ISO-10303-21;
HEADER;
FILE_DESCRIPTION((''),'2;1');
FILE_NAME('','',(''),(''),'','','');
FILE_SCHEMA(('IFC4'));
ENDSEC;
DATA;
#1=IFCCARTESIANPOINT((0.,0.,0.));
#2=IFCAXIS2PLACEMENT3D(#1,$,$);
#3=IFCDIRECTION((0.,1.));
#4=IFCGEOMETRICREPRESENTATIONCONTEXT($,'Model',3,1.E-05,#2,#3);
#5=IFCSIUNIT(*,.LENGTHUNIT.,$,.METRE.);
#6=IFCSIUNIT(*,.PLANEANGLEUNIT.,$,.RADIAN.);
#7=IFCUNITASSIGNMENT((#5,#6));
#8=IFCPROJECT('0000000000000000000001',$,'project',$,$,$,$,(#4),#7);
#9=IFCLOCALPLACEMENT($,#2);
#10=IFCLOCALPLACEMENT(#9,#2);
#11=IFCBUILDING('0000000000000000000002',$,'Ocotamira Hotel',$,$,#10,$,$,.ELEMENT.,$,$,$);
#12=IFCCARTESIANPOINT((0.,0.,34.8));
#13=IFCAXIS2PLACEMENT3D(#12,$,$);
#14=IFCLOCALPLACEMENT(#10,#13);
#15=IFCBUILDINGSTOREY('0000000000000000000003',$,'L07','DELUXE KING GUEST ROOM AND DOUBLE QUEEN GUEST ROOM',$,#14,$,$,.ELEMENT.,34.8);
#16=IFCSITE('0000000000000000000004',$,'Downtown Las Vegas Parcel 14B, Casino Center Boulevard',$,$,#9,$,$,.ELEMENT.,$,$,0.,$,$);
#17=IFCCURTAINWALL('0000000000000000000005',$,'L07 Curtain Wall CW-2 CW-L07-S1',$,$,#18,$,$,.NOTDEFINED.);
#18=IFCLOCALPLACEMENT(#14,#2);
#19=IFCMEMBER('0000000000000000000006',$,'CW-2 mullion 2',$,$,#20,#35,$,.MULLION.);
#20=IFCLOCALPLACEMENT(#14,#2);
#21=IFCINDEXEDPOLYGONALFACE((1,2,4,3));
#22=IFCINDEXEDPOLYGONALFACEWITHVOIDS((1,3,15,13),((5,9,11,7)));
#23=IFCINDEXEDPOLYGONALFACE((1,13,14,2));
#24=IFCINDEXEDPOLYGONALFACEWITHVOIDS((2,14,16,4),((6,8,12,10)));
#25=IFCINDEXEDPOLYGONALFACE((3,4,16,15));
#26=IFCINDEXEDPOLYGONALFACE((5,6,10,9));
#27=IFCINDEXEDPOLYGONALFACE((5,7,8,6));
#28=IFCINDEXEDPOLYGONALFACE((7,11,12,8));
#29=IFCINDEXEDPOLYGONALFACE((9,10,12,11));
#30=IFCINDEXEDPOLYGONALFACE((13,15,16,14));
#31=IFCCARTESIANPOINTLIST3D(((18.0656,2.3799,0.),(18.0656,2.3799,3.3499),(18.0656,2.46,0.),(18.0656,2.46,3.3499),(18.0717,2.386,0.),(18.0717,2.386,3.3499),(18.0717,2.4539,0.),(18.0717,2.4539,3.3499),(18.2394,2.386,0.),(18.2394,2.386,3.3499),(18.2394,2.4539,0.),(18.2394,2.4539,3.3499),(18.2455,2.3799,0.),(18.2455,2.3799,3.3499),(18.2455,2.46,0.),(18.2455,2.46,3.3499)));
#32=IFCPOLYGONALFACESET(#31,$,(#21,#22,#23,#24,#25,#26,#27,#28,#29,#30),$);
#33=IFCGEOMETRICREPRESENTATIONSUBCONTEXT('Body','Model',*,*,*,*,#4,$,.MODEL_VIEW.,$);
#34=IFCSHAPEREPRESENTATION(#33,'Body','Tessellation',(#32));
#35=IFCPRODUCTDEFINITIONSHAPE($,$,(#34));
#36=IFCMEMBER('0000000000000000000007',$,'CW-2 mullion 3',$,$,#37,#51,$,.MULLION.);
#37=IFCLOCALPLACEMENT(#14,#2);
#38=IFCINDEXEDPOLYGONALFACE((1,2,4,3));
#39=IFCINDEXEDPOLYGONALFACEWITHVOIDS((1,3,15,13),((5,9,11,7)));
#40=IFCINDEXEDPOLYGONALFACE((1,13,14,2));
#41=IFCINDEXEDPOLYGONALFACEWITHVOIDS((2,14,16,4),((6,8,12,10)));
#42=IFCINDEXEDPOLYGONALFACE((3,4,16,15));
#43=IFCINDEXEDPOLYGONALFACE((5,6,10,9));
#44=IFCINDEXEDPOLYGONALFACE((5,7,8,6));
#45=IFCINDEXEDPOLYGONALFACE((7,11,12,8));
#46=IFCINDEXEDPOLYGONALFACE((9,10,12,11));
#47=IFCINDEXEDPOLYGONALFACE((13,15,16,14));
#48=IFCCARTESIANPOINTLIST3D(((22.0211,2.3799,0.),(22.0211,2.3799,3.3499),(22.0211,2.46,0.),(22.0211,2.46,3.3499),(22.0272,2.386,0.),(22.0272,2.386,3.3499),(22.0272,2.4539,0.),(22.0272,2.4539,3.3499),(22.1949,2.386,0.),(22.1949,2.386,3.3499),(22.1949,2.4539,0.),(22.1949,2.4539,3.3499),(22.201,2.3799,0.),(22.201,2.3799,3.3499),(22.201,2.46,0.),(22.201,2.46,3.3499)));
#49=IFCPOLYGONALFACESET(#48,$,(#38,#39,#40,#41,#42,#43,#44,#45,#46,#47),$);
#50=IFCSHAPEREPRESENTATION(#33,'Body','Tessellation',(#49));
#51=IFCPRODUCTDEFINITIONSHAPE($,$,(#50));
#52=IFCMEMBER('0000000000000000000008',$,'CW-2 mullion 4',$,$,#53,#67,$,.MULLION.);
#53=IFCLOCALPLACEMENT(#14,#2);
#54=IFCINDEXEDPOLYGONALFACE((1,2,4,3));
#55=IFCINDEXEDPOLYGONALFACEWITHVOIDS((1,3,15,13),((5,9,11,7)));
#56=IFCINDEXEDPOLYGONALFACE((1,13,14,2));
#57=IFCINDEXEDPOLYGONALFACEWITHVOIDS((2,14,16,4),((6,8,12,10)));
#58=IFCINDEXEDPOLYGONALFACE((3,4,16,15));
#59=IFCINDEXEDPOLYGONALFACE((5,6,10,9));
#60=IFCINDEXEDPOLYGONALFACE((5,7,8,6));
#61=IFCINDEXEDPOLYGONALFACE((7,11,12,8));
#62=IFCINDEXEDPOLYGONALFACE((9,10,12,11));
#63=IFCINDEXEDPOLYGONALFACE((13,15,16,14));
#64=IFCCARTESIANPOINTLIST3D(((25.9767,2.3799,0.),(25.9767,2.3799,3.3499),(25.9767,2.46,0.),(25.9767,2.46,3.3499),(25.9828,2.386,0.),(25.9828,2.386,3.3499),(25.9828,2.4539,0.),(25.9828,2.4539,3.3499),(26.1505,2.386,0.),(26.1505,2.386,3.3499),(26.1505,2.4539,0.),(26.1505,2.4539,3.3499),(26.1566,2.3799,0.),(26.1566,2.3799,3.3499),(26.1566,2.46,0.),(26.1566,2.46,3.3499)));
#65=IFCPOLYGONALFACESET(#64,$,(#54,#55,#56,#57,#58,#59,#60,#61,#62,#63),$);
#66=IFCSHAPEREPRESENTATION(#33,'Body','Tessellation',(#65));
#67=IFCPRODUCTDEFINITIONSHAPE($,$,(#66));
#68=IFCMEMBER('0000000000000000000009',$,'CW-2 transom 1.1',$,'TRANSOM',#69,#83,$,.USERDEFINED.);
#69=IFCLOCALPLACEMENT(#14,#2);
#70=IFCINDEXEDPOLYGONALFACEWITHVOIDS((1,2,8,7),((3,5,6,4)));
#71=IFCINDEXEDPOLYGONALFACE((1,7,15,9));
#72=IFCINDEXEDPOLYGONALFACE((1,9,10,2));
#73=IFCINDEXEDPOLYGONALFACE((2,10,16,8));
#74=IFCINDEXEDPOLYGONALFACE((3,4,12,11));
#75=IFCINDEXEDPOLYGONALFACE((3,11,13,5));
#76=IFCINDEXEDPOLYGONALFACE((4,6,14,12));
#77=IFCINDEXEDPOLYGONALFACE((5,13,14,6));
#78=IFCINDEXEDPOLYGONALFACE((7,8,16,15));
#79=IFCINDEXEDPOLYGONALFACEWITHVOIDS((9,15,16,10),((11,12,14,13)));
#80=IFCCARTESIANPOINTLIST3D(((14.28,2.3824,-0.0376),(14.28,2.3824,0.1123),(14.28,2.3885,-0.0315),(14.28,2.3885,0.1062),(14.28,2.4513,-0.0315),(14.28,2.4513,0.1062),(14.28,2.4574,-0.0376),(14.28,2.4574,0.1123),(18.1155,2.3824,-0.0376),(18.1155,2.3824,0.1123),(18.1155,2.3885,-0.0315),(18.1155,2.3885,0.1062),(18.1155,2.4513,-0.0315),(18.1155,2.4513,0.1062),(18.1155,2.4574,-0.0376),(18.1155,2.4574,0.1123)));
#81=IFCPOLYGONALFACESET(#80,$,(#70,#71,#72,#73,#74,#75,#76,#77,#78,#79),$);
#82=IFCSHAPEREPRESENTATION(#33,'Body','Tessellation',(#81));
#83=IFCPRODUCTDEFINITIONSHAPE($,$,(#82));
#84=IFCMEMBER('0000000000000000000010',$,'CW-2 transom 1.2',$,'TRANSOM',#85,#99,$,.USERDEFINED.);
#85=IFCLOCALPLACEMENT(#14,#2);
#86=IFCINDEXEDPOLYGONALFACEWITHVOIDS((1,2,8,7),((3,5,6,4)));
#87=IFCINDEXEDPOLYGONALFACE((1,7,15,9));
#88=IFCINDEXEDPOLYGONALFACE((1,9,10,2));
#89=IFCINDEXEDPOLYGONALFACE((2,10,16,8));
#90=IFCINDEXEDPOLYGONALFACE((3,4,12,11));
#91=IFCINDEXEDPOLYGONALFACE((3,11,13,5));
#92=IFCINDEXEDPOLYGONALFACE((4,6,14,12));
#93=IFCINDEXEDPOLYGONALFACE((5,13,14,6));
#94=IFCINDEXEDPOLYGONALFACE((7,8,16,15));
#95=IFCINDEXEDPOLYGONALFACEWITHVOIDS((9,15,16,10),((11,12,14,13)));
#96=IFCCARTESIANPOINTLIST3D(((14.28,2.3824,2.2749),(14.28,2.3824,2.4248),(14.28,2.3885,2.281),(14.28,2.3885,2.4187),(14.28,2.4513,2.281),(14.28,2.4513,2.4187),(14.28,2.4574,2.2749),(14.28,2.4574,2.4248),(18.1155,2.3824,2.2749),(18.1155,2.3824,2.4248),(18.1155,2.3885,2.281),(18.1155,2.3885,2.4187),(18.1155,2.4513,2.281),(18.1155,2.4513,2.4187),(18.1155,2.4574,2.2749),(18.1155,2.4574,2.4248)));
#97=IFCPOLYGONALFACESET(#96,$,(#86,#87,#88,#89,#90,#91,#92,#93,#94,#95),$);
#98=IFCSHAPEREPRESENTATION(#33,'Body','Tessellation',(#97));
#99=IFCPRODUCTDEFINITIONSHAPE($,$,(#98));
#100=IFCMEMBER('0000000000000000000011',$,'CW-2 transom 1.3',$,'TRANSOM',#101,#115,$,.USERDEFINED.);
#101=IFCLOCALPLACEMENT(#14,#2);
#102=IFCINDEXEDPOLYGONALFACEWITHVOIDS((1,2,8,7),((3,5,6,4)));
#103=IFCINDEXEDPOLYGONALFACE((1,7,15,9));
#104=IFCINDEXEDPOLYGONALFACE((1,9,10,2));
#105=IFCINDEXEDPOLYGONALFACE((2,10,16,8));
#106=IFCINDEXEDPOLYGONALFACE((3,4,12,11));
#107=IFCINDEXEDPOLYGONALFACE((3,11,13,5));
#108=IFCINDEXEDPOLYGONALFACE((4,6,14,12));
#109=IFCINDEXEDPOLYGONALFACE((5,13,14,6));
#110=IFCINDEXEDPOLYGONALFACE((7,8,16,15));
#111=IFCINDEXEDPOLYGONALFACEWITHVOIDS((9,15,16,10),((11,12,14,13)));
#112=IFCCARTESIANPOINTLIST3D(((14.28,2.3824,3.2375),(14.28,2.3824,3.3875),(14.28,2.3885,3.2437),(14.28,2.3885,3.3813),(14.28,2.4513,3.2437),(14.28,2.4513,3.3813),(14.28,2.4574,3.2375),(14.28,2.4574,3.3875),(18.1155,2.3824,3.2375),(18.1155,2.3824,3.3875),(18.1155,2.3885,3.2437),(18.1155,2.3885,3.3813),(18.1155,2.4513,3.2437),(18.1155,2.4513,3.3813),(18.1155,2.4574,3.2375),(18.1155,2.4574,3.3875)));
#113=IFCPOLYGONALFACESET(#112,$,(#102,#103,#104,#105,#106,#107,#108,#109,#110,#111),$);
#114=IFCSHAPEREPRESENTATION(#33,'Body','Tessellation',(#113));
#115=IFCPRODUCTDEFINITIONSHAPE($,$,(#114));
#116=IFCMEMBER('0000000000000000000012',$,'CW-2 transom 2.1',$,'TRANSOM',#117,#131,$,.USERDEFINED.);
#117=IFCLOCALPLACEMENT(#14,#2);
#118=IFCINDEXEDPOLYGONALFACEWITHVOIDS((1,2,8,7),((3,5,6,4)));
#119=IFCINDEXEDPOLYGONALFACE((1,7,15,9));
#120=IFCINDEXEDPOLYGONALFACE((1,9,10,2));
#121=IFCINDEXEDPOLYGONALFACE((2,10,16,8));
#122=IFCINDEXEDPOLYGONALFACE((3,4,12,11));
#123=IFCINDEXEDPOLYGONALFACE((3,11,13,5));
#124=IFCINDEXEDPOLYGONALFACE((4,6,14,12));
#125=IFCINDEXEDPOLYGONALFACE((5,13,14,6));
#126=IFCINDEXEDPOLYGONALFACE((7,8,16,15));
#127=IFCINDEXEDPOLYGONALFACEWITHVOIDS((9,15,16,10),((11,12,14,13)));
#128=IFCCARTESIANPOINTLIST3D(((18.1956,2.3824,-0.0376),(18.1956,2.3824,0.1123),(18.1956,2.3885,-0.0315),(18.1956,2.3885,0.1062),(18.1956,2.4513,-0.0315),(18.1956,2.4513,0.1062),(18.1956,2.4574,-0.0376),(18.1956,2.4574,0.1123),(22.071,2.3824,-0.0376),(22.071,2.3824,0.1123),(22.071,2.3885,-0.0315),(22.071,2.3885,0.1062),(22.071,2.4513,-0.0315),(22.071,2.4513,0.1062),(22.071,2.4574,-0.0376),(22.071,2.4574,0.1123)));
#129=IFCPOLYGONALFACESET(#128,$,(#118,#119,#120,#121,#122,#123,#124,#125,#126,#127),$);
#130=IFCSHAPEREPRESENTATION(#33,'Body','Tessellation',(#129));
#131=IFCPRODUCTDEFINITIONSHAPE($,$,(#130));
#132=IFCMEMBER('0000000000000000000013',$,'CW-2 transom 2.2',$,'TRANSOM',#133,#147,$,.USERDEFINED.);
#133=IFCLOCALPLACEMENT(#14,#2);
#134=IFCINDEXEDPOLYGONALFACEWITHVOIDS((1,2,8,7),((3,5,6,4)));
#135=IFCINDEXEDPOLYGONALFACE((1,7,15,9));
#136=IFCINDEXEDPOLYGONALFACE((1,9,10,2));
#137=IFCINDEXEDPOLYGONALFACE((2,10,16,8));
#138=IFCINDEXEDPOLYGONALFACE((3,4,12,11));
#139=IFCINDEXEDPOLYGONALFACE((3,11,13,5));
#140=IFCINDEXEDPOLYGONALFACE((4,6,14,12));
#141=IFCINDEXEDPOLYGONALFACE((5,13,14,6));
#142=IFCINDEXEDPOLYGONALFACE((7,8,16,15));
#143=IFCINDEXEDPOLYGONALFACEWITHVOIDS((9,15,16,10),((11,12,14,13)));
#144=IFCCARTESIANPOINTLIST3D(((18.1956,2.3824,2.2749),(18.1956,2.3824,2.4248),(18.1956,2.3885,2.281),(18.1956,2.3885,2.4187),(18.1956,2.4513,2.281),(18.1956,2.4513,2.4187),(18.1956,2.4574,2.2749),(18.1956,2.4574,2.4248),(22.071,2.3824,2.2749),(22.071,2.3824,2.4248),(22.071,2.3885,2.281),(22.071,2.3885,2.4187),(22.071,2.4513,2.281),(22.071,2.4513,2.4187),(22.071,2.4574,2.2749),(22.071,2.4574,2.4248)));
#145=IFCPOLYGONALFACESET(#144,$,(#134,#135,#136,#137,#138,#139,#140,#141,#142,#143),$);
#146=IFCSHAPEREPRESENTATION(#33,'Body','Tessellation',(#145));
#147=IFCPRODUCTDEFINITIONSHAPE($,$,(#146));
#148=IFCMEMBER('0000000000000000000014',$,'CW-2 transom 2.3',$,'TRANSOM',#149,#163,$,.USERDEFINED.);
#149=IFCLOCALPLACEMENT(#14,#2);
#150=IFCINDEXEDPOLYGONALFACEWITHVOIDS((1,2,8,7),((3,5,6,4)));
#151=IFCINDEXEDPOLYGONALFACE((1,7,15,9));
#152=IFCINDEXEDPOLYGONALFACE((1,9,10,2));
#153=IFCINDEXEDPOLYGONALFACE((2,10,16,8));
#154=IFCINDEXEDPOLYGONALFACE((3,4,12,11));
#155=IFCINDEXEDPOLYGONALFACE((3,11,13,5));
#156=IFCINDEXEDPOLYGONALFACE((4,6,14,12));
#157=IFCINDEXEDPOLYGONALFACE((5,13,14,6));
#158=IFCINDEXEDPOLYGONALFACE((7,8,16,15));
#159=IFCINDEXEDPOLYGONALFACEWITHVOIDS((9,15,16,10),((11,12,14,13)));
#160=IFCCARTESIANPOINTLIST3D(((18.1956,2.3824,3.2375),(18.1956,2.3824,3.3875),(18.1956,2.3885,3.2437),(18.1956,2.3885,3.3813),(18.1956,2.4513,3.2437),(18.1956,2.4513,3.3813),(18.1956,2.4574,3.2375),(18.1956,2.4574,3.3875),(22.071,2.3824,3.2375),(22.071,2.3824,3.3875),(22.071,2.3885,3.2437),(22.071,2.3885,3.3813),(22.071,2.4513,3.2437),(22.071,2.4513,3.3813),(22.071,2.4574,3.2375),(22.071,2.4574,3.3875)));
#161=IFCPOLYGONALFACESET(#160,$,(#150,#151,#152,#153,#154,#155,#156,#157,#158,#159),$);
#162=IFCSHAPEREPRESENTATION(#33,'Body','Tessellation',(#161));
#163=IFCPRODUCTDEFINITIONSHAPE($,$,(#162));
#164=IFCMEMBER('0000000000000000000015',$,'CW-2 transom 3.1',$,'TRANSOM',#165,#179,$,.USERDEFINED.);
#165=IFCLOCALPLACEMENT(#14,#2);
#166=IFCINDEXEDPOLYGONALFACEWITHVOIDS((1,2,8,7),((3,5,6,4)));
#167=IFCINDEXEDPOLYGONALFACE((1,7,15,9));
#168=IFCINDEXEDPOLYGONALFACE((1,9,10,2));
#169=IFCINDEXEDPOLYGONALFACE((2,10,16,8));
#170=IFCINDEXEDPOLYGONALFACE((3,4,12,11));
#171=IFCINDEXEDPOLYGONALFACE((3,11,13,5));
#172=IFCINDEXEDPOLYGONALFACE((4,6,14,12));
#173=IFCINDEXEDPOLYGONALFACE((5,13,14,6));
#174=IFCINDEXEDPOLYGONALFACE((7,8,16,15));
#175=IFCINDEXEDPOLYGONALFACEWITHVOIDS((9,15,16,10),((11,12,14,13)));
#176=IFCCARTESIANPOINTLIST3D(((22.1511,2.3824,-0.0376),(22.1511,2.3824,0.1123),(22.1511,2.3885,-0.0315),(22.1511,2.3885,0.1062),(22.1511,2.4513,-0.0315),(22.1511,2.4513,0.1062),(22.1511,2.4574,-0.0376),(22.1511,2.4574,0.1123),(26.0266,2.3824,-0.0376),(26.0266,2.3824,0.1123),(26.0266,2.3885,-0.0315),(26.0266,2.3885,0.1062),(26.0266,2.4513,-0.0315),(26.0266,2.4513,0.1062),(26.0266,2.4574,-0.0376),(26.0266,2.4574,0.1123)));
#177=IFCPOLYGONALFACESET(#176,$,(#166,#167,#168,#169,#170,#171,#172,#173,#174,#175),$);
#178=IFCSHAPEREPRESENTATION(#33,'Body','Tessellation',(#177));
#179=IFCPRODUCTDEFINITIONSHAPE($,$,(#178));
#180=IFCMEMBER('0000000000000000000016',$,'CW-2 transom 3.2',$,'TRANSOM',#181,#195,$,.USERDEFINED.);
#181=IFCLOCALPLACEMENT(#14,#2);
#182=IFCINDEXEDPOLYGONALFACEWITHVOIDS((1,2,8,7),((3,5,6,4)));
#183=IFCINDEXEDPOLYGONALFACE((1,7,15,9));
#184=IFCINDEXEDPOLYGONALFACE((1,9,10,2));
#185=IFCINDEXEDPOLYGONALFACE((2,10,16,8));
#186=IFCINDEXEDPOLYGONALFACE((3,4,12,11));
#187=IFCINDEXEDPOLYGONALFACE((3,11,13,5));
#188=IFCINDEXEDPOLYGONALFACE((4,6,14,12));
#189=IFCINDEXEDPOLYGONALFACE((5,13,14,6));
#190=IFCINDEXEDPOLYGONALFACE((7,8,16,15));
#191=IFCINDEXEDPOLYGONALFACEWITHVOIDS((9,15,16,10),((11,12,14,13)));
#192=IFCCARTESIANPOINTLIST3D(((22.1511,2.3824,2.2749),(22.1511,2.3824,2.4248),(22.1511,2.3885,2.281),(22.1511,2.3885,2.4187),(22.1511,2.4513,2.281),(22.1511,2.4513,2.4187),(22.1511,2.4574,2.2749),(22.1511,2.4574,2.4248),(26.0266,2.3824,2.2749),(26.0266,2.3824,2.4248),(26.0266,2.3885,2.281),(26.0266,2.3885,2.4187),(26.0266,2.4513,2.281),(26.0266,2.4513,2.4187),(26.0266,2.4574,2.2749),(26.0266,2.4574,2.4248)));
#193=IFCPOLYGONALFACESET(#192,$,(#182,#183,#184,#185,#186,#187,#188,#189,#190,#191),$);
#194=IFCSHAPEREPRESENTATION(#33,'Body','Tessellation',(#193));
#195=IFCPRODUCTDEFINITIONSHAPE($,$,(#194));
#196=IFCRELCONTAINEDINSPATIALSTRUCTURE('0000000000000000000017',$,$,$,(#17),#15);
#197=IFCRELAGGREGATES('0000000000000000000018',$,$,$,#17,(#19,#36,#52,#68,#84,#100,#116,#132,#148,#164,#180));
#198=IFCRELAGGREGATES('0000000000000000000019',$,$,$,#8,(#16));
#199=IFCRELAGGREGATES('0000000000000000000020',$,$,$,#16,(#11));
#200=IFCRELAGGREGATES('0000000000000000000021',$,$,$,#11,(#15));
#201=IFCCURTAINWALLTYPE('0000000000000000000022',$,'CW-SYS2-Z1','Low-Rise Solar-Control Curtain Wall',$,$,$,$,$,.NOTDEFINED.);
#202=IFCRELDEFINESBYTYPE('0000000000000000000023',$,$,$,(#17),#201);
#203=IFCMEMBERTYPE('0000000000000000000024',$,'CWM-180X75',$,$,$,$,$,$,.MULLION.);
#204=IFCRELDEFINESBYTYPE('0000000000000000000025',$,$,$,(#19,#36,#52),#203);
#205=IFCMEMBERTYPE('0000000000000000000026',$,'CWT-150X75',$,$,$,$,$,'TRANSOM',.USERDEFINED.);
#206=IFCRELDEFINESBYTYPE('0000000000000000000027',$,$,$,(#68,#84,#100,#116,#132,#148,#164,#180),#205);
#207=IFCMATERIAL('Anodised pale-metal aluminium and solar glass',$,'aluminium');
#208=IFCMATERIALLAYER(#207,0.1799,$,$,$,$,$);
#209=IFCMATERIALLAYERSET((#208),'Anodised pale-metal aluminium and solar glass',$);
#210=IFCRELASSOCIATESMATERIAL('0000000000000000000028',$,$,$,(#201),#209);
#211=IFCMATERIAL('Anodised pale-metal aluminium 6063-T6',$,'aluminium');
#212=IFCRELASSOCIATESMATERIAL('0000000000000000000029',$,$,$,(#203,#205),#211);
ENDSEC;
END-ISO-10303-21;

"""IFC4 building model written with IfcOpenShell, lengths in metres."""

from ifc_helpers import new_model, si_unit, direction, frame, origin, origin_2d, place, context, subcontext, project, spatial, hollow_rectangle, extrude, source, transform, mapped, material, layer, layer_set, material_profile, profile_set, type_object, element, aggregate, save


model = new_model("IFC4")

# Units and contexts
model_context = context("Model", 3, precision=1e-05, world=origin(), true_north=direction((0.0, 1.0)))
body_context = subcontext(model_context, "Body", "Model", "MODEL_VIEW")
ifc_project = project(units=[si_unit("LENGTHUNIT", "METRE"), si_unit("PLANEANGLEUNIT", "RADIAN")], contexts=[model_context])

# Site, building, storey
site_placement = place(None, origin())
site = spatial("IfcSite", under=ifc_project, at=site_placement, Name="Downtown Las Vegas Parcel 14B, Casino Center Boulevard", CompositionType="ELEMENT", RefElevation=0.0)
building_placement = place(site_placement, origin())
building = spatial("IfcBuilding", under=site, at=building_placement, Name="Ocotamira Hotel", CompositionType="ELEMENT")
storey_placement = place(building_placement, frame((0.0, 0.0, 34.8)))
storey = spatial("IfcBuildingStorey", under=building, at=storey_placement, Name="L07", Description="DELUXE KING GUEST ROOM AND DOUBLE QUEEN GUEST ROOM", CompositionType="ELEMENT", Elevation=34.8)

# Curtain wall, members
ifc_material_1 = material(Name="Anodised pale-metal aluminium and solar glass", Category="aluminium")
ifc_layer_1 = layer(ifc_material_1, 0.1799)
ifc_layer_set_1 = layer_set([ifc_layer_1], Name="Anodised pale-metal aluminium and solar glass")
curtain_wall_type = type_object("IfcCurtainWallType", Name="CW-SYS2-Z1", Description="Low-Rise Solar-Control Curtain Wall", PredefinedType="NOTDEFINED", material=ifc_layer_set_1)
curtain_wall_placement = place(storey_placement, origin())
curtain_wall = element("IfcCurtainWall", 1, at=curtain_wall_placement, inside=storey, type_object=curtain_wall_type, Name="L07 Curtain Wall CW-2 CW-L07-S1", PredefinedType="NOTDEFINED")
ifc_material_2 = material(Name="Anodised pale-metal aluminium 6063-T6", Category="aluminium")
ifc_material_profile_1 = material_profile(ifc_material_2, hollow_rectangle(XDim=0.0801, YDim=0.1799, WallThickness=0.0061, at=origin_2d()), Name="HSS180X80X6")
ifc_profile_set_1 = profile_set([ifc_material_profile_1], Name="Anodised pale-metal aluminium 6063-T6")
member_type_1 = type_object("IfcMemberType", Name="CWM-180X75", PredefinedType="MULLION", material=ifc_profile_set_1)
shared_shape_1 = source(origin(), body_context, "Body", "SweptSolid", [
    extrude(hollow_rectangle(XDim=0.0801, YDim=0.1799, WallThickness=0.0061, at=origin_2d()), origin(), (0.0, 0.0, 1.0), 3.3499),
])
member_1_placement = place(storey_placement, frame((18.1555, 2.4199, 0.0), z_axis=(0.0, 0.0, 1.0), x_axis=(0.0, 1.0, 0.0)))
member_1 = element("IfcMember", 2, at=member_1_placement, type_object=member_type_1, Name="CW-2 mullion 2", PredefinedType="MULLION", context=body_context, shape_type="MappedRepresentation", body=[
    mapped(shared_shape_1, transform((0.0, 0.0, 0.0), scale=1.0)),
])
member_2_placement = place(storey_placement, frame((22.1111, 2.4199, 0.0), z_axis=(0.0, 0.0, 1.0), x_axis=(0.0, 1.0, 0.0)))
member_2 = element("IfcMember", 3, at=member_2_placement, type_object=member_type_1, Name="CW-2 mullion 3", PredefinedType="MULLION", context=body_context, shape_type="MappedRepresentation", body=[
    mapped(shared_shape_1, transform((0.0, 0.0, 0.0), scale=1.0)),
])
member_3_placement = place(storey_placement, frame((26.0667, 2.4199, 0.0), z_axis=(0.0, 0.0, 1.0), x_axis=(0.0, 1.0, 0.0)))
member_3 = element("IfcMember", 4, at=member_3_placement, type_object=member_type_1, Name="CW-2 mullion 4", PredefinedType="MULLION", context=body_context, shape_type="MappedRepresentation", body=[
    mapped(shared_shape_1, transform((0.0, 0.0, 0.0), scale=1.0)),
])
ifc_material_profile_2 = material_profile(ifc_material_2, hollow_rectangle(XDim=0.075, YDim=0.1499, WallThickness=0.0061, at=origin_2d()), Name="HSS150X75X6")
ifc_profile_set_2 = profile_set([ifc_material_profile_2], Name="Anodised pale-metal aluminium 6063-T6")
member_type_2 = type_object("IfcMemberType", Name="CWT-150X75", ElementType="TRANSOM", PredefinedType="USERDEFINED", material=ifc_profile_set_2)
shared_shape_2 = source(origin(), body_context, "Body", "SweptSolid", [
    extrude(hollow_rectangle(XDim=0.075, YDim=0.1499, WallThickness=0.0061, at=origin_2d()), origin(), (0.0, 0.0, 1.0), 3.8354),
])
member_4_placement = place(storey_placement, frame((14.28, 2.4199, 0.0374), z_axis=(1.0, 0.0, 0.0), x_axis=(0.0, 1.0, 0.0)))
member_4 = element("IfcMember", 5, at=member_4_placement, type_object=member_type_2, Name="CW-2 transom 1.1", ObjectType="TRANSOM", PredefinedType="USERDEFINED", context=body_context, shape_type="MappedRepresentation", body=[
    mapped(shared_shape_2, transform((0.0, 0.0, 0.0), scale=1.0)),
])
member_5_placement = place(storey_placement, frame((14.28, 2.4199, 2.3499), z_axis=(1.0, 0.0, 0.0), x_axis=(0.0, 1.0, 0.0)))
member_5 = element("IfcMember", 6, at=member_5_placement, type_object=member_type_2, Name="CW-2 transom 1.2", ObjectType="TRANSOM", PredefinedType="USERDEFINED", context=body_context, shape_type="MappedRepresentation", body=[
    mapped(shared_shape_2, transform((0.0, 0.0, 0.0), scale=1.0)),
])
member_6_placement = place(storey_placement, frame((14.28, 2.4199, 3.3125), z_axis=(1.0, 0.0, 0.0), x_axis=(0.0, 1.0, 0.0)))
member_6 = element("IfcMember", 7, at=member_6_placement, type_object=member_type_2, Name="CW-2 transom 1.3", ObjectType="TRANSOM", PredefinedType="USERDEFINED", context=body_context, shape_type="MappedRepresentation", body=[
    mapped(shared_shape_2, transform((0.0, 0.0, 0.0), scale=1.0)),
])
shared_shape_3 = source(origin(), body_context, "Body", "SweptSolid", [
    extrude(hollow_rectangle(XDim=0.075, YDim=0.1499, WallThickness=0.0061, at=origin_2d()), origin(), (0.0, 0.0, 1.0), 3.8755),
])
member_7_placement = place(storey_placement, frame((18.1956, 2.4199, 0.0374), z_axis=(1.0, 0.0, 0.0), x_axis=(0.0, 1.0, 0.0)))
member_7 = element("IfcMember", 8, at=member_7_placement, type_object=member_type_2, Name="CW-2 transom 2.1", ObjectType="TRANSOM", PredefinedType="USERDEFINED", context=body_context, shape_type="MappedRepresentation", body=[
    mapped(shared_shape_3, transform((0.0, 0.0, 0.0), scale=1.0)),
])
member_8_placement = place(storey_placement, frame((18.1956, 2.4199, 2.3499), z_axis=(1.0, 0.0, 0.0), x_axis=(0.0, 1.0, 0.0)))
member_8 = element("IfcMember", 9, at=member_8_placement, type_object=member_type_2, Name="CW-2 transom 2.2", ObjectType="TRANSOM", PredefinedType="USERDEFINED", context=body_context, shape_type="MappedRepresentation", body=[
    mapped(shared_shape_3, transform((0.0, 0.0, 0.0), scale=1.0)),
])
member_9_placement = place(storey_placement, frame((18.1956, 2.4199, 3.3125), z_axis=(1.0, 0.0, 0.0), x_axis=(0.0, 1.0, 0.0)))
member_9 = element("IfcMember", 10, at=member_9_placement, type_object=member_type_2, Name="CW-2 transom 2.3", ObjectType="TRANSOM", PredefinedType="USERDEFINED", context=body_context, shape_type="MappedRepresentation", body=[
    mapped(shared_shape_3, transform((0.0, 0.0, 0.0), scale=1.0)),
])
member_10_placement = place(storey_placement, frame((22.1511, 2.4199, 0.0374), z_axis=(1.0, 0.0, 0.0), x_axis=(0.0, 1.0, 0.0)))
member_10 = element("IfcMember", 11, at=member_10_placement, type_object=member_type_2, Name="CW-2 transom 3.1", ObjectType="TRANSOM", PredefinedType="USERDEFINED", context=body_context, shape_type="MappedRepresentation", body=[
    mapped(shared_shape_3, transform((0.0, 0.0, 0.0), scale=1.0)),
])
member_11_placement = place(storey_placement, frame((22.1511, 2.4199, 2.3499), z_axis=(1.0, 0.0, 0.0), x_axis=(0.0, 1.0, 0.0)))
member_11 = element("IfcMember", 12, at=member_11_placement, type_object=member_type_2, Name="CW-2 transom 3.2", ObjectType="TRANSOM", PredefinedType="USERDEFINED", context=body_context, shape_type="MappedRepresentation", body=[
    mapped(shared_shape_3, transform((0.0, 0.0, 0.0), scale=1.0)),
])

aggregate(curtain_wall, [member_1, member_2, member_3, member_4, member_5, member_6, member_7, member_8, member_9, member_10, member_11])

save(model, "model.ifc")
